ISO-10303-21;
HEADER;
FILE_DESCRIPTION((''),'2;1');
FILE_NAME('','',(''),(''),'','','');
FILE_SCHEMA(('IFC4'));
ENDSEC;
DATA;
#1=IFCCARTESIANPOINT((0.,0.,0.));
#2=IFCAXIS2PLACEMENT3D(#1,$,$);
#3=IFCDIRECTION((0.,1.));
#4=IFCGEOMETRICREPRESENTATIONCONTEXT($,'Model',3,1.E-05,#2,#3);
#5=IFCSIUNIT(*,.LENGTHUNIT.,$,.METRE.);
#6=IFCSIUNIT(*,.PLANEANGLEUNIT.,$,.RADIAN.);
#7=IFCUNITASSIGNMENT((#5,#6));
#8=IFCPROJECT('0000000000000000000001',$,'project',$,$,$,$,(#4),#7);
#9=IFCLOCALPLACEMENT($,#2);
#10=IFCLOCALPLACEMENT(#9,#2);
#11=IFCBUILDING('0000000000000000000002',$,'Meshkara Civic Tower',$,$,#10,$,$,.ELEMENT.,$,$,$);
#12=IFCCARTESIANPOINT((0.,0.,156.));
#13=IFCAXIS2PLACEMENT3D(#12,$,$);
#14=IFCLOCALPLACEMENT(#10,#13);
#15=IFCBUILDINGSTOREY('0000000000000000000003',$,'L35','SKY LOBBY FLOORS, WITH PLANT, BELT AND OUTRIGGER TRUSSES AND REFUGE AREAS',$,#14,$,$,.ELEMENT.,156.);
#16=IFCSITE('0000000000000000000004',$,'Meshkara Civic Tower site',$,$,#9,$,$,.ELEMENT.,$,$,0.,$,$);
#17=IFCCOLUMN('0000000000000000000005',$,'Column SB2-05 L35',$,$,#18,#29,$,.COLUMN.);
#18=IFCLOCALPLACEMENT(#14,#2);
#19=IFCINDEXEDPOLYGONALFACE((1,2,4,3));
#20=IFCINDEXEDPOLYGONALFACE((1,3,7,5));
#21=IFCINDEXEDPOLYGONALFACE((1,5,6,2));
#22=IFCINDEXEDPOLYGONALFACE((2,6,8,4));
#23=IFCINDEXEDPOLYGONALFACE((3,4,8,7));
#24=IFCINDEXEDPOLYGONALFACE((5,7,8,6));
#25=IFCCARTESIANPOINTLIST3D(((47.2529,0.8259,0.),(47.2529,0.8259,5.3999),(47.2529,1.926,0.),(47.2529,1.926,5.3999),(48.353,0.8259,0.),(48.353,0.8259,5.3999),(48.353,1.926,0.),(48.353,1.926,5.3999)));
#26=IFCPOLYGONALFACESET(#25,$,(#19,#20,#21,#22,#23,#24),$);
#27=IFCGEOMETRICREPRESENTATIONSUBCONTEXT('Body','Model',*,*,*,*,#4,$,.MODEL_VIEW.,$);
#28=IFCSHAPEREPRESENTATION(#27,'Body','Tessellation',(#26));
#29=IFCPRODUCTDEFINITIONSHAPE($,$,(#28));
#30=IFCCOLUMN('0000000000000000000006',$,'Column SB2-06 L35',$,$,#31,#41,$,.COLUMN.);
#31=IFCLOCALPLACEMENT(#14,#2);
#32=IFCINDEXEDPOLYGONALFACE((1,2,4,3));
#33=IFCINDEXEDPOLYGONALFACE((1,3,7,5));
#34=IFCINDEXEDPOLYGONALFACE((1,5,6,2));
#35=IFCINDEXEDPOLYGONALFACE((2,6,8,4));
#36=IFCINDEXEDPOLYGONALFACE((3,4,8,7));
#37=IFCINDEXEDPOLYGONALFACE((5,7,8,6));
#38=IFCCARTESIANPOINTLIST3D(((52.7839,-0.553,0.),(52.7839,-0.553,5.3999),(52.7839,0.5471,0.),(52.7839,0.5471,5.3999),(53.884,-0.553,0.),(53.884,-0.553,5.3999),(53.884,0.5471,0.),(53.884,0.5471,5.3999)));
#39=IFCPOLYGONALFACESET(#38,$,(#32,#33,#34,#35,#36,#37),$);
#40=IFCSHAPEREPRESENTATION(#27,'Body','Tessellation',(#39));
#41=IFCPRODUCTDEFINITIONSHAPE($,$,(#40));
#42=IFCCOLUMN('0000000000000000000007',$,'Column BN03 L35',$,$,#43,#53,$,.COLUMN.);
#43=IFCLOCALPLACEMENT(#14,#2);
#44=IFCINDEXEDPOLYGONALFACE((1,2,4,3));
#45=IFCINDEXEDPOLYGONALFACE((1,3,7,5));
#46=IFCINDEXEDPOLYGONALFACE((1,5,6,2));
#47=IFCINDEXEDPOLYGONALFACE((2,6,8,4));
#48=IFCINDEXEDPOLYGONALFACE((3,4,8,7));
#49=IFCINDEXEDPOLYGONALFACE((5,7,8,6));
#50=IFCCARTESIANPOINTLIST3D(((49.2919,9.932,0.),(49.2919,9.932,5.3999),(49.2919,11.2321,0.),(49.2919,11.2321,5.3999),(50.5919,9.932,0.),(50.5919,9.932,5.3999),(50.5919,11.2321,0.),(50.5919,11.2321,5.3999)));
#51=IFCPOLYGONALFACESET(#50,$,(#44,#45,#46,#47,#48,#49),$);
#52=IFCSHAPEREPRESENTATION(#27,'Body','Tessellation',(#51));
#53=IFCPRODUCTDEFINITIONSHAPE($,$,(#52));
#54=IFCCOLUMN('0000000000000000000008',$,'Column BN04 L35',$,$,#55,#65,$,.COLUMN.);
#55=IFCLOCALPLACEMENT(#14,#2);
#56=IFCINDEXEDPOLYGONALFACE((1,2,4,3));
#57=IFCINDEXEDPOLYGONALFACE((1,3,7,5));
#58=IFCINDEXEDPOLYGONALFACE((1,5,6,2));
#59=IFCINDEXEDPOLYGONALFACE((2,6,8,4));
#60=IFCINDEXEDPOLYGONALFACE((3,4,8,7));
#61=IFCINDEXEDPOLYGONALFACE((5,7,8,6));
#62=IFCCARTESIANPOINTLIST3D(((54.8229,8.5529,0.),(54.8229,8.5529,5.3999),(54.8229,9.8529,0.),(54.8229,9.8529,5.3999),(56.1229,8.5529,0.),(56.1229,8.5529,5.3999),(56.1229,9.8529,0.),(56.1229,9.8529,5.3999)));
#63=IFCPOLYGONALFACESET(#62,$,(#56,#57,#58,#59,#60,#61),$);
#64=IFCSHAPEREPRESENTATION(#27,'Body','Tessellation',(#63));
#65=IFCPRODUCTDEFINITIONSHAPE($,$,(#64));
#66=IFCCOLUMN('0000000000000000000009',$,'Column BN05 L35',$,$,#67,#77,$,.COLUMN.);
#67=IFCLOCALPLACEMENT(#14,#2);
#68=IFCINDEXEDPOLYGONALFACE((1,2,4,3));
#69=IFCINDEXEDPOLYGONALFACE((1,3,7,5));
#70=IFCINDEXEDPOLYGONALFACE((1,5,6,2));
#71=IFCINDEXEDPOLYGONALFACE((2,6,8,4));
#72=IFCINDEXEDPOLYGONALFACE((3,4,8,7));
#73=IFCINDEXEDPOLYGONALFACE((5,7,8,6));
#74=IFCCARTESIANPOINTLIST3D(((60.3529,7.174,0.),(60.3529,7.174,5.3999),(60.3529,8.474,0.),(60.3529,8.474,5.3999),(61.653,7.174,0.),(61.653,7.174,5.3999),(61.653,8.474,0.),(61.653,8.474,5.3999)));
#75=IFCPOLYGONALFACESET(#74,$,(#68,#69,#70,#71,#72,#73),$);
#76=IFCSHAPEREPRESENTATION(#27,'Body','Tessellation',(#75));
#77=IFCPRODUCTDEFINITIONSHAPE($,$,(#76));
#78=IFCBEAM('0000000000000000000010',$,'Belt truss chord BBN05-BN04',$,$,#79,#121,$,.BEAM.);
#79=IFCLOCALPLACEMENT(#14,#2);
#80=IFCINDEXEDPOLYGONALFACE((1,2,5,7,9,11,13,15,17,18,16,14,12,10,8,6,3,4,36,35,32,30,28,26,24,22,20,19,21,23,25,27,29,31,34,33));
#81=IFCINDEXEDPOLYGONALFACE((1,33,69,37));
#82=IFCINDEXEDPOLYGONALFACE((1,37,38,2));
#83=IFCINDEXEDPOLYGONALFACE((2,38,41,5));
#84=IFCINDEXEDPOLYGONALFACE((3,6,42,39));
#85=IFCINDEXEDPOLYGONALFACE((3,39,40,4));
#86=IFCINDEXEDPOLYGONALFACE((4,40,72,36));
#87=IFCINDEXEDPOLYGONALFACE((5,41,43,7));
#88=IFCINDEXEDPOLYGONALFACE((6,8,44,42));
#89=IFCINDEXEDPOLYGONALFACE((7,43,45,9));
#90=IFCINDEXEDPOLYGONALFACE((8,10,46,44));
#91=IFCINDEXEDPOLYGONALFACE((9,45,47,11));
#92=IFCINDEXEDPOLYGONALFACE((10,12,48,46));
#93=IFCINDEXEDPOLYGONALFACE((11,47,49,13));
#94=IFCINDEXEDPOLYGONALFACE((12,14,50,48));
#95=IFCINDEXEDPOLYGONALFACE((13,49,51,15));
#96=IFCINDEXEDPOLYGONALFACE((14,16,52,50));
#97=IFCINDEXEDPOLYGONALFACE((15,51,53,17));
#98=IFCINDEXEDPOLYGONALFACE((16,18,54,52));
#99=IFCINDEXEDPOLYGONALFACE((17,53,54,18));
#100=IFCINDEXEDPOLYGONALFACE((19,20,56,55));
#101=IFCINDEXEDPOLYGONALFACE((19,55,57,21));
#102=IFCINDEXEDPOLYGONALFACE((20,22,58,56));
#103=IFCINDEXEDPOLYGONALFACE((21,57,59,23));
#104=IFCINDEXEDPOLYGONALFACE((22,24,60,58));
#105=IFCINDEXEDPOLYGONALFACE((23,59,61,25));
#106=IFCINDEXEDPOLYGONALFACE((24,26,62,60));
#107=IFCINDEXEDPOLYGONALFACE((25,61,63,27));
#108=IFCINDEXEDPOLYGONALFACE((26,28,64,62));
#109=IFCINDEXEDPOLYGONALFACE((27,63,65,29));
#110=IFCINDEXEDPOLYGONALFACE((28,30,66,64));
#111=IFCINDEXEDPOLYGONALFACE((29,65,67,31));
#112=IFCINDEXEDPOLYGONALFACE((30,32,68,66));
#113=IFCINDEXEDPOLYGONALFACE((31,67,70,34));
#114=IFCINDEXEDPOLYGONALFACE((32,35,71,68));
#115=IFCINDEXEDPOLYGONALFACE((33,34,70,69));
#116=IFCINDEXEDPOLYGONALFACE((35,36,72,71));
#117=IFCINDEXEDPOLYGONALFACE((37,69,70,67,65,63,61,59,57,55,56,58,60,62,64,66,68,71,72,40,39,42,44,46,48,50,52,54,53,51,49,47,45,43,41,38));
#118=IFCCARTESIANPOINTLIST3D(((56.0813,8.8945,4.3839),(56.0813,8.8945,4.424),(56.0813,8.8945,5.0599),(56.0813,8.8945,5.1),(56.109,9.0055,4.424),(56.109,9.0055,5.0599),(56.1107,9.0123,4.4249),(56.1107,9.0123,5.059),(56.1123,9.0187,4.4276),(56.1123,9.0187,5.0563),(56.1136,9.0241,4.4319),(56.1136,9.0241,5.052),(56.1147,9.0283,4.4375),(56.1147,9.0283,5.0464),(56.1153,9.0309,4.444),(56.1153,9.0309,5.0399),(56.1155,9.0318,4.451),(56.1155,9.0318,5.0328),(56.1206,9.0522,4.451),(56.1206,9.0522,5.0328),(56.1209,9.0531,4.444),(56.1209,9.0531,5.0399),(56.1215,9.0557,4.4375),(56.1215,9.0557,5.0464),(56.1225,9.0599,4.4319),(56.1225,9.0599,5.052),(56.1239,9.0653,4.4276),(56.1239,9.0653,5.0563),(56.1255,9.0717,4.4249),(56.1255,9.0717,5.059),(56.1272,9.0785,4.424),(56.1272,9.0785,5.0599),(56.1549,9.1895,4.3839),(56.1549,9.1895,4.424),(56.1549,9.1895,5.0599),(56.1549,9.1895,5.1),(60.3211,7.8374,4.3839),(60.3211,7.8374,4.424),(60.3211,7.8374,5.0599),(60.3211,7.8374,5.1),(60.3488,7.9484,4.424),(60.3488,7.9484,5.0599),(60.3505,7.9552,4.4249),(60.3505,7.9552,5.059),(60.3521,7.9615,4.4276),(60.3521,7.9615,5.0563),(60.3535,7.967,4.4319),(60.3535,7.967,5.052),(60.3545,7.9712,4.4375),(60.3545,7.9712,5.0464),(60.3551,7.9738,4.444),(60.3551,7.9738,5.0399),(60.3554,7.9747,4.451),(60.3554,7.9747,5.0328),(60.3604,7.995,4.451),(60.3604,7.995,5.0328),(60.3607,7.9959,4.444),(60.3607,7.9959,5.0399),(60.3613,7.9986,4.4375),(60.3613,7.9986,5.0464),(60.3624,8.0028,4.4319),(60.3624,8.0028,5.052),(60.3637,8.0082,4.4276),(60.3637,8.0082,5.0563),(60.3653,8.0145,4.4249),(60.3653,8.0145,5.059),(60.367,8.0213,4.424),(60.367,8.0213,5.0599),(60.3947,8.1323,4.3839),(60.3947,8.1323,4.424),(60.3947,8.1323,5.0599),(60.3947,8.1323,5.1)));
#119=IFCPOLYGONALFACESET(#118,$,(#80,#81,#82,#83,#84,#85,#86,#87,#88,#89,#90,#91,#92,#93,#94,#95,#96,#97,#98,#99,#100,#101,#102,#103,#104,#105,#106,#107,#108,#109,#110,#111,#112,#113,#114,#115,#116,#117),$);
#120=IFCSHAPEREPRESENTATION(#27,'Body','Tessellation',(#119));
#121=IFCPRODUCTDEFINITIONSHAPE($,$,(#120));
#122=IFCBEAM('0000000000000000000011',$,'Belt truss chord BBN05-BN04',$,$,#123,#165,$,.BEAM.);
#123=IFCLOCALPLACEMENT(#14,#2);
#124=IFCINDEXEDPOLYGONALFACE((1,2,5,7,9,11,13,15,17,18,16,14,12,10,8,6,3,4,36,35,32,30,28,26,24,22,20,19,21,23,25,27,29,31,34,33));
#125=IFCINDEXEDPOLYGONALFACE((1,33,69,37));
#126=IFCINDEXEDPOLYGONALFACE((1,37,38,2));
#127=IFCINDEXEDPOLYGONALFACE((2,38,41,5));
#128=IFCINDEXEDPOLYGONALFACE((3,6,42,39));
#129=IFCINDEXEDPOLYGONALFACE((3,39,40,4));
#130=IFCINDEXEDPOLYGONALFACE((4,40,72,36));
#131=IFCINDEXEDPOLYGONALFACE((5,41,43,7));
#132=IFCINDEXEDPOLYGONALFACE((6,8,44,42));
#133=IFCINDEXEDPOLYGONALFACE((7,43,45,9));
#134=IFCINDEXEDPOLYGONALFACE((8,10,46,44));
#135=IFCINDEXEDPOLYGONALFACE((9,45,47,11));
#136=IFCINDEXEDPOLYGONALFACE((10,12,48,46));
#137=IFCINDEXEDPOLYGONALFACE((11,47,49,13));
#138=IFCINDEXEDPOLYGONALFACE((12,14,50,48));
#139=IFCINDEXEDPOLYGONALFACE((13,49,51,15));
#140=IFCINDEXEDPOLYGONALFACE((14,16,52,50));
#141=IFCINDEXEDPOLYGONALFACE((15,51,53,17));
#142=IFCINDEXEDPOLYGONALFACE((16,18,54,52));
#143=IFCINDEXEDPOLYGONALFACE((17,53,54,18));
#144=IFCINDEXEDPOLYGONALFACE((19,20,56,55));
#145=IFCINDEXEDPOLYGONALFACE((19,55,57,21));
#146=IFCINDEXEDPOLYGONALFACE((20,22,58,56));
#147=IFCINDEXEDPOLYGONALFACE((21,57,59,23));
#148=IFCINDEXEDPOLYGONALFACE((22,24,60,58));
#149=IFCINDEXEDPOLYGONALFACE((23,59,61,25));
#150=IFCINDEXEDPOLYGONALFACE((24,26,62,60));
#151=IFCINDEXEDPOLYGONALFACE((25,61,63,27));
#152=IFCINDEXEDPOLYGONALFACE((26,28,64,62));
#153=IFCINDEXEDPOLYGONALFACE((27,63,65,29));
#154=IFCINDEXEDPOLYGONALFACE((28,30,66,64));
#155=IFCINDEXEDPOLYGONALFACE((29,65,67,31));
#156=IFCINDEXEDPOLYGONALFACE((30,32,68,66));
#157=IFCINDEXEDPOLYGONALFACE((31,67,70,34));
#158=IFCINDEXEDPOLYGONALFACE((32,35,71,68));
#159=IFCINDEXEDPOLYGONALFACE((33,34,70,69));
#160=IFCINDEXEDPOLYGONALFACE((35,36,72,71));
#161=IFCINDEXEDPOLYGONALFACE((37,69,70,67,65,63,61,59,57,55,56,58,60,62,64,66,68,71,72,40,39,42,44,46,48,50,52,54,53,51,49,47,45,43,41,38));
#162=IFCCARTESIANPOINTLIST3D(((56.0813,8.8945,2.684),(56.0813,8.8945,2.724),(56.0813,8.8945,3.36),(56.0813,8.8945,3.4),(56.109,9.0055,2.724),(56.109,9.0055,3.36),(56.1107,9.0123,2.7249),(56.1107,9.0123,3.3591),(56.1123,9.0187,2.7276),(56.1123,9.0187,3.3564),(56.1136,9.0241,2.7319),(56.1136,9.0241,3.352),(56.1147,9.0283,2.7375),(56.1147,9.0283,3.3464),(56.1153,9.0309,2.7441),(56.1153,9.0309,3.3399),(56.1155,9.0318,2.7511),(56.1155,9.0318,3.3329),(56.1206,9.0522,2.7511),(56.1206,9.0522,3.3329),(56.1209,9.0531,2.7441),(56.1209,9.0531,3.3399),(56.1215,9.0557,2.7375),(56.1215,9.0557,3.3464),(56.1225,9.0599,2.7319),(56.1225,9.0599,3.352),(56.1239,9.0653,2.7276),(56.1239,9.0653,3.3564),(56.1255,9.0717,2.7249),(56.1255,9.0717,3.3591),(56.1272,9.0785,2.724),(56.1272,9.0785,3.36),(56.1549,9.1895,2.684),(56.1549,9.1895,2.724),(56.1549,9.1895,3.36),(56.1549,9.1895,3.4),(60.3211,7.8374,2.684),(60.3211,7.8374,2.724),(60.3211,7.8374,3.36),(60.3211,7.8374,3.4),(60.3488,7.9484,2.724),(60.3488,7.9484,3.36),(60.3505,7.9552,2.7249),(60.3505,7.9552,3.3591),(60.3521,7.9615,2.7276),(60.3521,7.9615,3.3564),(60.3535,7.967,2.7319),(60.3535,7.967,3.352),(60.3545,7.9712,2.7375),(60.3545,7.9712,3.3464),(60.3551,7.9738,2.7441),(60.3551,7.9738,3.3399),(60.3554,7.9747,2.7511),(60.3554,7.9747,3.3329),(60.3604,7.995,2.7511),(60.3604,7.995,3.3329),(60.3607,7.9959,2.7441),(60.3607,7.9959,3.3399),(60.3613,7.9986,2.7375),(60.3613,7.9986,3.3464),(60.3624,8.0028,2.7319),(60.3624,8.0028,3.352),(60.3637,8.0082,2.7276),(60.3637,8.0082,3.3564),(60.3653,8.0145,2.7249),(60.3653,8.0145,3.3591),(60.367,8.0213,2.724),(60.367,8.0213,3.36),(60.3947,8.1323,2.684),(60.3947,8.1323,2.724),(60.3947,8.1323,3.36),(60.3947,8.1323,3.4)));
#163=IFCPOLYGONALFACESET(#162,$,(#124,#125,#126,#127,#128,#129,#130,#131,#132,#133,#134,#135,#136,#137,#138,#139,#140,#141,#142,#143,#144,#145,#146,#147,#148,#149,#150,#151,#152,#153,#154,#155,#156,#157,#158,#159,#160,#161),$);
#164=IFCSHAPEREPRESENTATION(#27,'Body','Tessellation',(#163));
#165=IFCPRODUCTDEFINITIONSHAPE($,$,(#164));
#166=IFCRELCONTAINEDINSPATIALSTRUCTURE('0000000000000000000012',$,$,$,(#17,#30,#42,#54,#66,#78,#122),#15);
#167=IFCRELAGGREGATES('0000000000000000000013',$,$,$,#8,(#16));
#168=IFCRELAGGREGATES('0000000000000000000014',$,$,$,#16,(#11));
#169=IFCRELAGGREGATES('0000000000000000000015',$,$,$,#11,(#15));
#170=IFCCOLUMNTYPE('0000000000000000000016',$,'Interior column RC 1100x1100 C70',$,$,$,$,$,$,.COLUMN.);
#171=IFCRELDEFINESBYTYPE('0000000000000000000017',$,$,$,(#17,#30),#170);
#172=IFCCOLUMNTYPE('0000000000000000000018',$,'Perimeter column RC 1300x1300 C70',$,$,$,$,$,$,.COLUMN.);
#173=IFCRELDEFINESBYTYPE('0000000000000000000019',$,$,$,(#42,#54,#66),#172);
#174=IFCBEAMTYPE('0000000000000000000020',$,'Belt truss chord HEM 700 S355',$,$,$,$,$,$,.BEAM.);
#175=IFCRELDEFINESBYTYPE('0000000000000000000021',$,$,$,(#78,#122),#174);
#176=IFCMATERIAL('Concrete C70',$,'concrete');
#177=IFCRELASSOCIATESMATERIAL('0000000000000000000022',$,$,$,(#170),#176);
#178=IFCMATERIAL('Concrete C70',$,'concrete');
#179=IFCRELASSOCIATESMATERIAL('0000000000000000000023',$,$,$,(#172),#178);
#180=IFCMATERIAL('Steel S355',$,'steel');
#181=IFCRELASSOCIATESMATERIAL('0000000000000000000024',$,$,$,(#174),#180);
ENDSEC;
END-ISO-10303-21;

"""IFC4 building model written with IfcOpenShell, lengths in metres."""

from ifc_helpers import new_model, si_unit, direction, frame, origin, origin_2d, place, context, subcontext, project, spatial, rectangle, i_section, extrude, material, material_profile, profile_set, type_object, element, save


model = new_model("IFC4")

# Units and contexts
model_context = context("Model", 3, precision=1e-05, world=origin(), true_north=direction((0.0, 1.0)))
body_context = subcontext(model_context, "Body", "Model", "MODEL_VIEW")
ifc_project = project(units=[si_unit("LENGTHUNIT", "METRE"), si_unit("PLANEANGLEUNIT", "RADIAN")], contexts=[model_context])

# Site, building, storey
site_placement = place(None, origin())
site = spatial("IfcSite", under=ifc_project, at=site_placement, Name="Meshkara Civic Tower site", CompositionType="ELEMENT", RefElevation=0.0)
building_placement = place(site_placement, origin())
building = spatial("IfcBuilding", under=site, at=building_placement, Name="Meshkara Civic Tower", CompositionType="ELEMENT")
storey_placement = place(building_placement, frame((0.0, 0.0, 156.0)))
storey = spatial("IfcBuildingStorey", under=building, at=storey_placement, Name="L35", Description="SKY LOBBY FLOORS, WITH PLANT, BELT AND OUTRIGGER TRUSSES AND REFUGE AREAS", CompositionType="ELEMENT", Elevation=156.0)

# Columns
ifc_material_1 = material(Name="Concrete C70", Category="concrete")
ifc_material_profile_1 = material_profile(ifc_material_1, rectangle(XDim=1.1001, YDim=1.1001, at=origin_2d()))
ifc_profile_set_1 = profile_set([ifc_material_profile_1], Name="Concrete C70")
column_type_1 = type_object("IfcColumnType", Name="Interior column RC 1100x1100 C70", PredefinedType="COLUMN", material=ifc_profile_set_1)
for number, where, z_axis, x_axis, name in (
    (1, (47.803, 1.376, 0.0), (0.0, 0.0, 1.0), (1.0, 0.0, 0.0), "Column SB2-05 L35"),
    (2, (53.334, -0.0029, 0.0), (0.0, 0.0, 1.0), (1.0, 0.0, 0.0), "Column SB2-06 L35"),
):
    element("IfcColumn", number, at=place(storey_placement, frame(where, z_axis=z_axis, x_axis=x_axis)), inside=storey, type_object=column_type_1, Name=name, PredefinedType="COLUMN", context=body_context, shape_type="SweptSolid", body=[
        extrude(rectangle(XDim=1.1001, YDim=1.1001, at=origin_2d()), origin(), (0.0, 0.0, 1.0), 5.3999),
    ])
ifc_material_2 = material(Name="Concrete C70", Category="concrete")
ifc_material_profile_2 = material_profile(ifc_material_2, rectangle(XDim=1.3, YDim=1.3, at=origin_2d()))
ifc_profile_set_2 = profile_set([ifc_material_profile_2], Name="Concrete C70")
column_type_2 = type_object("IfcColumnType", Name="Perimeter column RC 1300x1300 C70", PredefinedType="COLUMN", material=ifc_profile_set_2)
for number, where, z_axis, x_axis, name in (
    (3, (49.9419, 10.582, 0.0), (0.0, 0.0, 1.0), (1.0, 0.0, 0.0), "Column BN03 L35"),
    (4, (55.4729, 9.2029, 0.0), (0.0, 0.0, 1.0), (1.0, 0.0, 0.0), "Column BN04 L35"),
    (5, (61.0029, 7.824, 0.0), (0.0, 0.0, 1.0), (1.0, 0.0, 0.0), "Column BN05 L35"),
):
    element("IfcColumn", number, at=place(storey_placement, frame(where, z_axis=z_axis, x_axis=x_axis)), inside=storey, type_object=column_type_2, Name=name, PredefinedType="COLUMN", context=body_context, shape_type="SweptSolid", body=[
        extrude(rectangle(XDim=1.3, YDim=1.3, at=origin_2d()), origin(), (0.0, 0.0, 1.0), 5.3999),
    ])

# Beams
ifc_material_3 = material(Name="Steel S355", Category="steel")
ifc_material_profile_3 = material_profile(ifc_material_3, i_section(OverallWidth=0.304, OverallDepth=0.7161, WebThickness=0.021, FlangeThickness=0.04, FilletRadius=0.0271, at=origin_2d()))
ifc_profile_set_3 = profile_set([ifc_material_profile_3], Name="Steel S355")
beam_type_1 = type_object("IfcBeamType", Name="Belt truss chord HEM 700 S355", PredefinedType="BEAM", material=ifc_profile_set_3)
for number, where, z_axis, x_axis, name in (
    (6, (60.3579, 7.9849, 4.7419), (-0.970293, 0.241931, 0.0), (-0.241931, -0.970293, 0.0), "Belt truss chord BBN05-BN04"),
    (7, (60.3579, 7.9849, 3.042), (-0.970293, 0.241931, 0.0), (-0.241931, -0.970293, 0.0), "Belt truss chord BBN05-BN04"),
):
    element("IfcBeam", number, at=place(storey_placement, frame(where, z_axis=z_axis, x_axis=x_axis)), inside=storey, type_object=beam_type_1, Name=name, PredefinedType="BEAM", context=body_context, shape_type="SweptSolid", body=[
        extrude(i_section(OverallWidth=0.304, OverallDepth=0.7161, WebThickness=0.021, FlangeThickness=0.04, FilletRadius=0.0271, at=origin_2d()), origin(), (0.0, 0.0, 1.0), 4.3696),
    ])

save(model, "model.ifc")
